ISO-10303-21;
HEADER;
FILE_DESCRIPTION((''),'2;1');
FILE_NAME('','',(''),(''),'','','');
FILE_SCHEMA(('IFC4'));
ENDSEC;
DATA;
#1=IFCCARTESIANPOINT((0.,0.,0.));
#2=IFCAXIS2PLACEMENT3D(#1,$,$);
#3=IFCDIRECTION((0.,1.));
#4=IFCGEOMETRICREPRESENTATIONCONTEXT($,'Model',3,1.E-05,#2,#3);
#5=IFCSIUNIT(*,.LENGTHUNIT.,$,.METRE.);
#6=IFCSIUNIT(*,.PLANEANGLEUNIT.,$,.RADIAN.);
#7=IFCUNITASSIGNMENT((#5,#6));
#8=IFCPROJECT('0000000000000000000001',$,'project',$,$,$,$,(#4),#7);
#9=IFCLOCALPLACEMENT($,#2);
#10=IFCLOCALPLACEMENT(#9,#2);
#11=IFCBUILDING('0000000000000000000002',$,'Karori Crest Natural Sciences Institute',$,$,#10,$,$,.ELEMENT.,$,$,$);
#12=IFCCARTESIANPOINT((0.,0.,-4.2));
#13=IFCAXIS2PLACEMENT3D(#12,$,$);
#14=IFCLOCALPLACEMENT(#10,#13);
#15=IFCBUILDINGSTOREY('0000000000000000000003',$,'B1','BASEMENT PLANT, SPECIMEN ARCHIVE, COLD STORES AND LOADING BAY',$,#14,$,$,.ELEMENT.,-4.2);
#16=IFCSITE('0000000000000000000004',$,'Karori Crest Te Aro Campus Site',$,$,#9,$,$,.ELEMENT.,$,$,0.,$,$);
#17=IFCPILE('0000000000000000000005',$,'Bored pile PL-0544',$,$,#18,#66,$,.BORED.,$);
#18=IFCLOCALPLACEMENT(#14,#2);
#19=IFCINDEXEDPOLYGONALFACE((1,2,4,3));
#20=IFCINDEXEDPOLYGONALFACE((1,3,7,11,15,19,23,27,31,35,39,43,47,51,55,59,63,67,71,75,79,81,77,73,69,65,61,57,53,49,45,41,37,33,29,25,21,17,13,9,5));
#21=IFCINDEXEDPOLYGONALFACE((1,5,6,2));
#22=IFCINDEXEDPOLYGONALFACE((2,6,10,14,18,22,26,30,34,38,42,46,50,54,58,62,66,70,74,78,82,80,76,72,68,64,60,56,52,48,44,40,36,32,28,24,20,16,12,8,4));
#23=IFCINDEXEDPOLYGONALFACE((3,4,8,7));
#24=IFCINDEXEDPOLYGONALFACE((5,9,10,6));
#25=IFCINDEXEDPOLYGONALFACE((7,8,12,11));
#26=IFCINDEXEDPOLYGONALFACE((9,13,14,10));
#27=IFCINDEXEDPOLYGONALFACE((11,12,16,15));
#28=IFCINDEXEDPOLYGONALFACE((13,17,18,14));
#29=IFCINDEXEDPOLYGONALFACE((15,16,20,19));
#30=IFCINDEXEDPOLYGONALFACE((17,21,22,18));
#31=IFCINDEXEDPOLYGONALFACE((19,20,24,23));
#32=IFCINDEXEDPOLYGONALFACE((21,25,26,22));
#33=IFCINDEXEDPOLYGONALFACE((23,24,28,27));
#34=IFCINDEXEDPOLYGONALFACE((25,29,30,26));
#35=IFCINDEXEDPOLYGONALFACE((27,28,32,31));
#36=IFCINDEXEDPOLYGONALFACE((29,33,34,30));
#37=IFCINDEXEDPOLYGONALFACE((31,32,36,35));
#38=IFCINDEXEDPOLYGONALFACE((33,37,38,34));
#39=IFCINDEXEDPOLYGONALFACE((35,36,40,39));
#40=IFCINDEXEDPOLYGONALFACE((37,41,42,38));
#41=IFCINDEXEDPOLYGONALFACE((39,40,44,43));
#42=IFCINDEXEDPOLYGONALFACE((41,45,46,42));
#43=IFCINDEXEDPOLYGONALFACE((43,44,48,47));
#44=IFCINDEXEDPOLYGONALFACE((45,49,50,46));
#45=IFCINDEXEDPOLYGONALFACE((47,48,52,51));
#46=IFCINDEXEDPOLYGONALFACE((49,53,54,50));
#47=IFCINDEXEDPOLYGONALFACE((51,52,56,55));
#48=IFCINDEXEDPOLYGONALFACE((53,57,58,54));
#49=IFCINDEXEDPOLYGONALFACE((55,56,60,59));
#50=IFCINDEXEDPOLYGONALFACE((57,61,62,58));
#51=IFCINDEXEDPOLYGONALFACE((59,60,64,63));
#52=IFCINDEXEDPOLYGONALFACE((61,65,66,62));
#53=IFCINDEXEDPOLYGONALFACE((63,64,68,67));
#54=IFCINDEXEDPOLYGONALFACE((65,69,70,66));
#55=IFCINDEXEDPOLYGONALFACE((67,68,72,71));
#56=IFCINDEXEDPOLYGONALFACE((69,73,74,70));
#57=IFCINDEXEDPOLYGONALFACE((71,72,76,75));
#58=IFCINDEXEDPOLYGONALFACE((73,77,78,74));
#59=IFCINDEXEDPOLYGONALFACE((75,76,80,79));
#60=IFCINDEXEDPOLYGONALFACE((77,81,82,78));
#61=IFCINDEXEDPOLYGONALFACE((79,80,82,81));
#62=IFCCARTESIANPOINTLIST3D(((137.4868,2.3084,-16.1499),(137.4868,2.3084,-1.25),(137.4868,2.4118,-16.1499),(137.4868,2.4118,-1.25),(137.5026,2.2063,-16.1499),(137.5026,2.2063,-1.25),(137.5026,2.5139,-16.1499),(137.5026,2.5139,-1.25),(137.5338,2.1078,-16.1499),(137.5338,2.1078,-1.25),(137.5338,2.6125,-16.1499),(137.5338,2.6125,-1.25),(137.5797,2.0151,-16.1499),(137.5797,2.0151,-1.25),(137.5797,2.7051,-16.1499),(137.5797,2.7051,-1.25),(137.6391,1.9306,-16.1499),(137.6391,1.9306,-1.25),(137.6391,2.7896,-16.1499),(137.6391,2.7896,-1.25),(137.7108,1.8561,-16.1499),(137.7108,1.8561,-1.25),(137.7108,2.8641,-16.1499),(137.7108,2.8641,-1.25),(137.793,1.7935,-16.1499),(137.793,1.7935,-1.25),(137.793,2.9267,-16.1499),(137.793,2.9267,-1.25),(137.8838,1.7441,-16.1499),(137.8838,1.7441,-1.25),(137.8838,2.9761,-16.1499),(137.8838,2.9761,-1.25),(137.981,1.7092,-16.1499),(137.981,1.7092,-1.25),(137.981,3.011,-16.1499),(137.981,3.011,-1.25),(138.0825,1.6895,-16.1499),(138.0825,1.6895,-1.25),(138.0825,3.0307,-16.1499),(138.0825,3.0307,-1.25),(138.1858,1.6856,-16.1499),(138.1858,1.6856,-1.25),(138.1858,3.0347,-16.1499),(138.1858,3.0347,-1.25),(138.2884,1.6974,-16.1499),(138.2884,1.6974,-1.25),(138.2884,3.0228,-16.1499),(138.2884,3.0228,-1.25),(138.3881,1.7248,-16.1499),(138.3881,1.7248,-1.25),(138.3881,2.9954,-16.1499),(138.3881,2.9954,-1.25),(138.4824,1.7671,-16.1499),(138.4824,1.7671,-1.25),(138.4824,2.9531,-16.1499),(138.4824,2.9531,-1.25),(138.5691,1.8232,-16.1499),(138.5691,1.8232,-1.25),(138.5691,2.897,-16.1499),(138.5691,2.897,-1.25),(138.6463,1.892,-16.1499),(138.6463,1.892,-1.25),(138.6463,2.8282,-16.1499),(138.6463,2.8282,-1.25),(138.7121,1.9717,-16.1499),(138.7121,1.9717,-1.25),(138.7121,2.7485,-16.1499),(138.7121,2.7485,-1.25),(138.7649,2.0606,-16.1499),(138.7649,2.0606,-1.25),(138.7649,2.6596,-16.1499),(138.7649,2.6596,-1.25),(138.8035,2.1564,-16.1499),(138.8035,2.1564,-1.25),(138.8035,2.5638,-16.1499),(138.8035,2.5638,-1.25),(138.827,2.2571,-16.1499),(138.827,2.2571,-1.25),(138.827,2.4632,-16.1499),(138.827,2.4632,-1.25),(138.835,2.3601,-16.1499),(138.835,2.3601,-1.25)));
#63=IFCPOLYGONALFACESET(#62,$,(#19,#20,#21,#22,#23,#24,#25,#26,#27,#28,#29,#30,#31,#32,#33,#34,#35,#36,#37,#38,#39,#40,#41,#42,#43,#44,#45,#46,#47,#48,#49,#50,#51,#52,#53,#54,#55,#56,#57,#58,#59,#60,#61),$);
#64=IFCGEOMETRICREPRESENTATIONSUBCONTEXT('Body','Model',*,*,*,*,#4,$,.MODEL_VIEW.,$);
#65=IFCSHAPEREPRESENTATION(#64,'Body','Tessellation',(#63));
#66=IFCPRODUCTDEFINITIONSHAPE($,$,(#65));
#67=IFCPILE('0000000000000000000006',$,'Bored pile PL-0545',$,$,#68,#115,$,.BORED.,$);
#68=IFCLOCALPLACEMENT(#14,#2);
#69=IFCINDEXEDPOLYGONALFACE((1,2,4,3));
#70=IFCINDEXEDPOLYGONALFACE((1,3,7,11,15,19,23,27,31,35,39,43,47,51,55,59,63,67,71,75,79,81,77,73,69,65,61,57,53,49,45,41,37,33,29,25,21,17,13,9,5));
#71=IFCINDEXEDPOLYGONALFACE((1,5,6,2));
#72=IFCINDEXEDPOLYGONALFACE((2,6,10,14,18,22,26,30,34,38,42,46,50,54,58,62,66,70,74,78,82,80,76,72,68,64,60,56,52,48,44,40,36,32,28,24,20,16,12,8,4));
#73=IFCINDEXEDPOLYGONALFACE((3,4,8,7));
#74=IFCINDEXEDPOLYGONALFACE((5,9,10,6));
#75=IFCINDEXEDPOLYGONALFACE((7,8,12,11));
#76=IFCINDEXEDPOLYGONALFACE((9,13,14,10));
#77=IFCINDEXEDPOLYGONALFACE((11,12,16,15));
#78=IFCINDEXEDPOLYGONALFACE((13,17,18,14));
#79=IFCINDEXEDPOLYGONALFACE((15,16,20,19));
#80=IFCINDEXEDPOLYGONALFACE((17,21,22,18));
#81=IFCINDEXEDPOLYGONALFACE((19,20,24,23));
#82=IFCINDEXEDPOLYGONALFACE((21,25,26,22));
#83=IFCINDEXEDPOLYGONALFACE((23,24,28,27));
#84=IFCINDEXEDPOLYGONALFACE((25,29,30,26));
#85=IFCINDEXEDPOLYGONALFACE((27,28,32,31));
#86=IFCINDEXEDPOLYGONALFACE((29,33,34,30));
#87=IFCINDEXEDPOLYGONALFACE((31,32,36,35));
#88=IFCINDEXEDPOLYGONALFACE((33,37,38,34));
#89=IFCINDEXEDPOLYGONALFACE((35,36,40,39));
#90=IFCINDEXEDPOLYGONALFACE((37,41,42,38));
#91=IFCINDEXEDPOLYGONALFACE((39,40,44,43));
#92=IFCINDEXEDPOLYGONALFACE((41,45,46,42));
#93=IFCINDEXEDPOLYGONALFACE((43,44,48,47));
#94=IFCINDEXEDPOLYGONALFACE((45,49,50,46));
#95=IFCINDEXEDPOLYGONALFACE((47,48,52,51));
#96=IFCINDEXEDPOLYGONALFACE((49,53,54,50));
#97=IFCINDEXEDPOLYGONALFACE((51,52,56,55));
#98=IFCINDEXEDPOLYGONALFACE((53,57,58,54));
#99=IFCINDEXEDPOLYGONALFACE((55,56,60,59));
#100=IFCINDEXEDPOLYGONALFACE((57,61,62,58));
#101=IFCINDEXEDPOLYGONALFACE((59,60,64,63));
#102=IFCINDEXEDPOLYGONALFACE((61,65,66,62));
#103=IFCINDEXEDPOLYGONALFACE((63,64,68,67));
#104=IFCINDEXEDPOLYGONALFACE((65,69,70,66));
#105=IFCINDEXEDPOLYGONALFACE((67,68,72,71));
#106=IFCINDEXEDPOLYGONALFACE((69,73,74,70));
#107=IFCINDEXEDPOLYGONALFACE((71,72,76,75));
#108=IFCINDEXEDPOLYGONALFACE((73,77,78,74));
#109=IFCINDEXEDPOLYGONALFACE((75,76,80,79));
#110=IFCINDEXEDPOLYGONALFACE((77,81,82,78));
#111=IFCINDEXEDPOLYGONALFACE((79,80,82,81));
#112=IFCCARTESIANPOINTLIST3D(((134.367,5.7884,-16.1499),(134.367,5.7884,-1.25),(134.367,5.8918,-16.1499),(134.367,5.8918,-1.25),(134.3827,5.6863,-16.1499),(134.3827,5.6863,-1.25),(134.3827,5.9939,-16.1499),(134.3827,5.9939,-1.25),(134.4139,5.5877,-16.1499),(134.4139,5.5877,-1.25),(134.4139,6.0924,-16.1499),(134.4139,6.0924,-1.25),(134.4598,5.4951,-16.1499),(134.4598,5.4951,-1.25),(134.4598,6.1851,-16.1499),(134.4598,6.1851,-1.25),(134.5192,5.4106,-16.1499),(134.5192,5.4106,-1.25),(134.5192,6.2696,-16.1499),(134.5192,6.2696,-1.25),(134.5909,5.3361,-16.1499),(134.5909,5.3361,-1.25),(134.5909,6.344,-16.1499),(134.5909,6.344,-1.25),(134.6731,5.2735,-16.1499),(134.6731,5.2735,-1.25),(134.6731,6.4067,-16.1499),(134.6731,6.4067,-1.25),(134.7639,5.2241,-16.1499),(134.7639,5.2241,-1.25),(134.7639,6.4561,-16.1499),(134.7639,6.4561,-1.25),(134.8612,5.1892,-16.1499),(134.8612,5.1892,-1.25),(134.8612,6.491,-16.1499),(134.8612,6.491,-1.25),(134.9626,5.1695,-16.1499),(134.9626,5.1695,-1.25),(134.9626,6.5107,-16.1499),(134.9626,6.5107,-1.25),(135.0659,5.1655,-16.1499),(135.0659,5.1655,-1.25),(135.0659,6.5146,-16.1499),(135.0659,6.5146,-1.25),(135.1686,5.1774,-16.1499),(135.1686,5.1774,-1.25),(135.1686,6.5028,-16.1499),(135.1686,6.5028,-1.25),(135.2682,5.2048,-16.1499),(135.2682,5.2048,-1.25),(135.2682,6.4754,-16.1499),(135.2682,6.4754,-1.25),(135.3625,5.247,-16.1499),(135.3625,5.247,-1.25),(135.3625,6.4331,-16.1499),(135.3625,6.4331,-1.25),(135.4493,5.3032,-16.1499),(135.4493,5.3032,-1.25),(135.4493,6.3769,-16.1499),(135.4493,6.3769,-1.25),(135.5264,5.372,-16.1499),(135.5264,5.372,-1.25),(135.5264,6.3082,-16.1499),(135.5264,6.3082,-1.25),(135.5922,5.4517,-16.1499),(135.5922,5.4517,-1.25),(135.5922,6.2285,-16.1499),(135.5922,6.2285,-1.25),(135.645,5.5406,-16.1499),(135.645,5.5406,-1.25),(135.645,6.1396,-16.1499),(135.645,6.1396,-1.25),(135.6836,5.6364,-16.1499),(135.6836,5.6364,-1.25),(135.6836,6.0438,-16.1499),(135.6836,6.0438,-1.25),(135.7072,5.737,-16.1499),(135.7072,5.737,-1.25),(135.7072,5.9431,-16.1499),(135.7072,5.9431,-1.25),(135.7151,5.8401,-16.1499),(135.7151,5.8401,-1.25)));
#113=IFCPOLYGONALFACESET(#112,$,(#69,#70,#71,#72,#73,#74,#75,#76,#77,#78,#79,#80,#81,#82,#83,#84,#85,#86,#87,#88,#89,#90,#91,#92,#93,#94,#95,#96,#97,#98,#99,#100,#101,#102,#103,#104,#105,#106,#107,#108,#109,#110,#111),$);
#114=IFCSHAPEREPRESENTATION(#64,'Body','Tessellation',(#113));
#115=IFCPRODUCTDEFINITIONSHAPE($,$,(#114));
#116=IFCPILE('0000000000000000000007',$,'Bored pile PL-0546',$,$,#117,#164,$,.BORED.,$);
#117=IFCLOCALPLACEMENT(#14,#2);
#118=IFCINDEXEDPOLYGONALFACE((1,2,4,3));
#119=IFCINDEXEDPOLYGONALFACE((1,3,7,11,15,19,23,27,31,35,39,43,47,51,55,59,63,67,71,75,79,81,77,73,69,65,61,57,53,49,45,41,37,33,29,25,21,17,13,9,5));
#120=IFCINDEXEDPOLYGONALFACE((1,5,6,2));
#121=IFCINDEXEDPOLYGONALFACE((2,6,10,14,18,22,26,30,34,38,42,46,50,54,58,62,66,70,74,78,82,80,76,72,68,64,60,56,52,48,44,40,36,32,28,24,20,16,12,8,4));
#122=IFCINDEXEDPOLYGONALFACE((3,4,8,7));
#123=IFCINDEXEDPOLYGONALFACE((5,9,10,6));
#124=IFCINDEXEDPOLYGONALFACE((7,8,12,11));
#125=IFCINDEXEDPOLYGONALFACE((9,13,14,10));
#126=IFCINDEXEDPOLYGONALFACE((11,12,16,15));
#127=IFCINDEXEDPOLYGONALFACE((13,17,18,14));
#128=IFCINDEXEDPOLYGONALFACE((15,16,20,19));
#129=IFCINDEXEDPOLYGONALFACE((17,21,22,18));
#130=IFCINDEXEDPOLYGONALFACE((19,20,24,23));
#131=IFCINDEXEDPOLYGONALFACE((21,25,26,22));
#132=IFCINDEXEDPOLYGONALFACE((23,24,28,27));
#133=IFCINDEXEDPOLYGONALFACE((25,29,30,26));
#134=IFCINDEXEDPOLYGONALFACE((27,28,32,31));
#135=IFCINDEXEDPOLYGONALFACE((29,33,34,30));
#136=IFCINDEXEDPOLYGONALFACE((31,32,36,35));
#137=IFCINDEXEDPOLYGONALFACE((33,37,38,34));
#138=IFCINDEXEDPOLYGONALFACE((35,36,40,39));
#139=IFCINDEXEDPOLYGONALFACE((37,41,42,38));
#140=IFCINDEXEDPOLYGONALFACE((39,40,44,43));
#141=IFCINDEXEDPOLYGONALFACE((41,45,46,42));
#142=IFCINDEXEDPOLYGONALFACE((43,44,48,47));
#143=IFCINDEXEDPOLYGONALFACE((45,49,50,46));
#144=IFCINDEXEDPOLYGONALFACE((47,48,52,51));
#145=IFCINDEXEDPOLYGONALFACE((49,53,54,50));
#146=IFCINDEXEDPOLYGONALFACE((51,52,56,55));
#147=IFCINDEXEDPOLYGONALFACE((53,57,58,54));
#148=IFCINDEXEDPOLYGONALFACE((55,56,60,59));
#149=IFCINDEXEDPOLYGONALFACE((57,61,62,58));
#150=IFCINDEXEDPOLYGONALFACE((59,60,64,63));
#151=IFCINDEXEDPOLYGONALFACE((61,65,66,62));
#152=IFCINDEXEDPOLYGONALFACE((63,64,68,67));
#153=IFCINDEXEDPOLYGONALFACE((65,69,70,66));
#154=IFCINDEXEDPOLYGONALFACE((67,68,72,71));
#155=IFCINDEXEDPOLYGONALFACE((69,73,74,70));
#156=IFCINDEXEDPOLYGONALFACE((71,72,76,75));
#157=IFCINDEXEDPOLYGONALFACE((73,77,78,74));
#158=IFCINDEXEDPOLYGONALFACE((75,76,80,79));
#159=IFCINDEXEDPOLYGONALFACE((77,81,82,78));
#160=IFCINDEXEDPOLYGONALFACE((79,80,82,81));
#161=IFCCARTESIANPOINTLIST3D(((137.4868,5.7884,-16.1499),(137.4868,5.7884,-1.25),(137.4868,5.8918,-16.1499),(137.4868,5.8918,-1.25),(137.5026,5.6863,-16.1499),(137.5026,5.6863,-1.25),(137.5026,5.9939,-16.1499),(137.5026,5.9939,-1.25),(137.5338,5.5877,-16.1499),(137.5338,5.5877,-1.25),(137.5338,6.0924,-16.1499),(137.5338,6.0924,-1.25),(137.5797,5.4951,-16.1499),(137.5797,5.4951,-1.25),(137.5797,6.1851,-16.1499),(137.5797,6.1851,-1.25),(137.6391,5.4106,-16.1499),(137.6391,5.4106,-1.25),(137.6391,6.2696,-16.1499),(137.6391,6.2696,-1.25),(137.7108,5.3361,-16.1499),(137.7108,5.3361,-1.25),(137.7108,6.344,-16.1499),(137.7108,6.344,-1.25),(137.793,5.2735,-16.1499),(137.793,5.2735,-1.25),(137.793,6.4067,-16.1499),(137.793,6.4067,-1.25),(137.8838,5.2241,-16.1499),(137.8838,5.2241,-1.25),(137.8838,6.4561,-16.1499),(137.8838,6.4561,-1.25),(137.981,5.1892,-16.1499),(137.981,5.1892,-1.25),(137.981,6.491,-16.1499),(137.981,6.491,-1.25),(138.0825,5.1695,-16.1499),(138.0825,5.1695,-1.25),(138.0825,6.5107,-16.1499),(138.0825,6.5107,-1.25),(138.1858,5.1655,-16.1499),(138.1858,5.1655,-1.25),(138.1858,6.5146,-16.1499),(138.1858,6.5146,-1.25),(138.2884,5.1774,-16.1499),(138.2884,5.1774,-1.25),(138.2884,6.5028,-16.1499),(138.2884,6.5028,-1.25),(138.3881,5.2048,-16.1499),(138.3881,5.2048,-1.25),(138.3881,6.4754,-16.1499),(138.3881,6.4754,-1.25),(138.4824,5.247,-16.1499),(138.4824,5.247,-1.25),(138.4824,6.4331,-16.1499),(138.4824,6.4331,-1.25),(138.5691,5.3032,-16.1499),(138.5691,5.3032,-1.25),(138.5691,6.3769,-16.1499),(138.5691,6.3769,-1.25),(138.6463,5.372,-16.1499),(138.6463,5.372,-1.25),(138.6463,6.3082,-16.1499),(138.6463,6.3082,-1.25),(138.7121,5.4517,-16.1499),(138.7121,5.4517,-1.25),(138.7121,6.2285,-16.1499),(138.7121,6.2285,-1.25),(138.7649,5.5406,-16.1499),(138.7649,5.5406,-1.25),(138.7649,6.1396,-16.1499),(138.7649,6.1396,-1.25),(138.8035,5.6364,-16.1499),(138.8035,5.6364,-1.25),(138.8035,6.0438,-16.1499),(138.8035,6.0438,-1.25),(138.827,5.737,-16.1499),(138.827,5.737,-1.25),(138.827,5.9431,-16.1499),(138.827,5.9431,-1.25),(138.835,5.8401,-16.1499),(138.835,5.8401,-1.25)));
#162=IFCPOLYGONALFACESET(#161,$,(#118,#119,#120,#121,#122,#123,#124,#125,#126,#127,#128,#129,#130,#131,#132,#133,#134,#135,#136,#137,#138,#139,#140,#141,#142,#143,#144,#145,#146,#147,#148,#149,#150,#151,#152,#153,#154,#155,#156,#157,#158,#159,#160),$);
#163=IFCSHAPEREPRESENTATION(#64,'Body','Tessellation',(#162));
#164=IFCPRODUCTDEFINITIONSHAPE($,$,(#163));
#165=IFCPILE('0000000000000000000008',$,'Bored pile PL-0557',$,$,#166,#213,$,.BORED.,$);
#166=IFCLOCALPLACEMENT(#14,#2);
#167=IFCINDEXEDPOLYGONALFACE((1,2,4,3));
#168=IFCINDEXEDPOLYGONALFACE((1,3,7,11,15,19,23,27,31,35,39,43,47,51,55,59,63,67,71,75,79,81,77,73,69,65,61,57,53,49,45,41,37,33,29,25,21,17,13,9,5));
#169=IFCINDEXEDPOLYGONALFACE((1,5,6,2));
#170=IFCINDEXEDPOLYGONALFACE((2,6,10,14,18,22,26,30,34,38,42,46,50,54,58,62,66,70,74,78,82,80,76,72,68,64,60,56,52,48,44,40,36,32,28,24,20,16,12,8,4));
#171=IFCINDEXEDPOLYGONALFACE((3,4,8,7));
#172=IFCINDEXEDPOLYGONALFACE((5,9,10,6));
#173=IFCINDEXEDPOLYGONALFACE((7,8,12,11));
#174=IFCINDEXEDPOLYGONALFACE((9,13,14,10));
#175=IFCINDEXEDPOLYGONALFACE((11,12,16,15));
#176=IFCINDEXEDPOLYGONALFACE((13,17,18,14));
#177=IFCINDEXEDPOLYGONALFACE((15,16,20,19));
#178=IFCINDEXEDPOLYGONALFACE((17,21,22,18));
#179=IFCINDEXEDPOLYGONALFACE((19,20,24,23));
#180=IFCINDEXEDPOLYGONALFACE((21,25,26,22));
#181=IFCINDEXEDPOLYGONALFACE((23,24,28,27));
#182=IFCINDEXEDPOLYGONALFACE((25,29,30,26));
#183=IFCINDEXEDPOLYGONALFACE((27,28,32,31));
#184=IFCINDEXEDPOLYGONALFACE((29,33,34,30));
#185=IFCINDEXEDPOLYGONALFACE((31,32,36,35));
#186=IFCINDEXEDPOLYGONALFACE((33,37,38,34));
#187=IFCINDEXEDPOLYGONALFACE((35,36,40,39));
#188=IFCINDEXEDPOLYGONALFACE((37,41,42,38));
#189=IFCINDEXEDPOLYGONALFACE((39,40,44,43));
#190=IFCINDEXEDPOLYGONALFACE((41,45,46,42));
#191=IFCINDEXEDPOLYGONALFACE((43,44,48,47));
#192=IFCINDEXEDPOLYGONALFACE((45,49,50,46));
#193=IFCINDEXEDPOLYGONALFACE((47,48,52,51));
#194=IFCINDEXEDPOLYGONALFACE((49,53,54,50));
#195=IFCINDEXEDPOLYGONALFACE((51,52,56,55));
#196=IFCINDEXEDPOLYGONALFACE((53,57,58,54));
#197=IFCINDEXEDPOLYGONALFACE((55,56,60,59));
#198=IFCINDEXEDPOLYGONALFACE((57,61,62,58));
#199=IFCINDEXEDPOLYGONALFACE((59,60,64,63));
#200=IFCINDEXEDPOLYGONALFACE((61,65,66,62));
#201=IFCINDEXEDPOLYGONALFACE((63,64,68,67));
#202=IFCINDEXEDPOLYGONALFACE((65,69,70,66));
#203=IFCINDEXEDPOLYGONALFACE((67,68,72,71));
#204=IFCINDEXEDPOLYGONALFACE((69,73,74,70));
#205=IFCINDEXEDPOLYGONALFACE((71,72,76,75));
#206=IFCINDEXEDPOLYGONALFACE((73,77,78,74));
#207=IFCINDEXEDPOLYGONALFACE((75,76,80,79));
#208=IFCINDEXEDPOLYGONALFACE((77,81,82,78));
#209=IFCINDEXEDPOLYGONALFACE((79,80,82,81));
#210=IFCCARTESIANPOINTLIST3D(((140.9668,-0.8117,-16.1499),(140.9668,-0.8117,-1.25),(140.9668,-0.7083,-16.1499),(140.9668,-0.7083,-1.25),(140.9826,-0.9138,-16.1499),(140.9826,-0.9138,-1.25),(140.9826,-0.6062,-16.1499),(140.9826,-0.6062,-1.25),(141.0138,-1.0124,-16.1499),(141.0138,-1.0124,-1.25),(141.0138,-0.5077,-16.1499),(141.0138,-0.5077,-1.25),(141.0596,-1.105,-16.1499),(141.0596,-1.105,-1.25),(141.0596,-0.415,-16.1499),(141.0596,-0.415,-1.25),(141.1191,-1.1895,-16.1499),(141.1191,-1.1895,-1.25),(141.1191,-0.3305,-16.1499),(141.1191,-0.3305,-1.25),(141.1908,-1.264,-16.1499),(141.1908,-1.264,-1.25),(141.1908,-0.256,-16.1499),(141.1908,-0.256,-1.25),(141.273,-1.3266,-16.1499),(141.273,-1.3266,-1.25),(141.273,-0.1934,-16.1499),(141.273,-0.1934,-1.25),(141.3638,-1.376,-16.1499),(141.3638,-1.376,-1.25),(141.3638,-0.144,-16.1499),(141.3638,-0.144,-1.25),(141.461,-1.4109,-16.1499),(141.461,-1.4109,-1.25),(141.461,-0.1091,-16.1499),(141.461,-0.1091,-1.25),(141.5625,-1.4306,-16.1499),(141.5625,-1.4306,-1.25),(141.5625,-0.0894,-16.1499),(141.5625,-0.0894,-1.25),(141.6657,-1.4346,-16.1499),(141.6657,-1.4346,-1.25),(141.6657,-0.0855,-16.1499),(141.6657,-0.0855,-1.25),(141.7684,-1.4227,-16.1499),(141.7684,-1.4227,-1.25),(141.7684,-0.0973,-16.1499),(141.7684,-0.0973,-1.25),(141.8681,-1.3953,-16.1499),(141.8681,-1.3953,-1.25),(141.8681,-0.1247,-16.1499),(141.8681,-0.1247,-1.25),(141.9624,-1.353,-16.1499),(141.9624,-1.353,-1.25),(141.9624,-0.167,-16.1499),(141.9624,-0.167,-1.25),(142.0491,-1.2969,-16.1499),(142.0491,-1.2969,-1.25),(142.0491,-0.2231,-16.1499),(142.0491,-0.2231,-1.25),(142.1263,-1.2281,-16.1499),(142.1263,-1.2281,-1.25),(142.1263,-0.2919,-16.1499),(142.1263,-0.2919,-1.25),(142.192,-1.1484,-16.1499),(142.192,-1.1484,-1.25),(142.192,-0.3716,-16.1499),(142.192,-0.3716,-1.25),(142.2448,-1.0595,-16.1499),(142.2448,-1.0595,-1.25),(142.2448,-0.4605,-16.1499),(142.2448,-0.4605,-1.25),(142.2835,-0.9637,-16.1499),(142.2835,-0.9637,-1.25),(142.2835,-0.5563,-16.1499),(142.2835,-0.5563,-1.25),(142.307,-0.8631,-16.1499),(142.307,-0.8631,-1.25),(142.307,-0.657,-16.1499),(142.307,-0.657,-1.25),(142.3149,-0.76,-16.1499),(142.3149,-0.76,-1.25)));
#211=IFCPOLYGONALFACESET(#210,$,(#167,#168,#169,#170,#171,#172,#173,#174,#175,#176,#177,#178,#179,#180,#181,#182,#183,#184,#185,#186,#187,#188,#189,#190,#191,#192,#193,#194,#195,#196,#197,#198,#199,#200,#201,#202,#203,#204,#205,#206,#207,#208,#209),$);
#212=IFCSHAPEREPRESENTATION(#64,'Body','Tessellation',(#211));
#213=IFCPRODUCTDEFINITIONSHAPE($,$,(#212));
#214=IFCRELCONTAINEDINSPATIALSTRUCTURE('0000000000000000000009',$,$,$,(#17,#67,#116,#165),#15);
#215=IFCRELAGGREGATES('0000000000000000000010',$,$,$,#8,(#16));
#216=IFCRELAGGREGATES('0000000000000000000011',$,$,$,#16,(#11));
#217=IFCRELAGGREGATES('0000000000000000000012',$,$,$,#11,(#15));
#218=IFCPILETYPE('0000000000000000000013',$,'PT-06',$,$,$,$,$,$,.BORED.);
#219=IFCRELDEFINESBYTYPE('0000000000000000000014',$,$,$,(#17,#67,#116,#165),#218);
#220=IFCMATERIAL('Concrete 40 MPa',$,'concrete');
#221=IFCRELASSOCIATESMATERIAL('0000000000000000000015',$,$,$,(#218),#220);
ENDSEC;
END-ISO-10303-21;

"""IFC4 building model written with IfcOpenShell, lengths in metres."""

from ifc_helpers import new_model, si_unit, direction, frame, origin, origin_2d, place, context, subcontext, project, spatial, circle, extrude, material, material_profile, profile_set, type_object, element, save


model = new_model("IFC4")

# Units and contexts
model_context = context("Model", 3, precision=1e-05, world=origin(), true_north=direction((0.0, 1.0)))
body_context = subcontext(model_context, "Body", "Model", "MODEL_VIEW")
ifc_project = project(units=[si_unit("LENGTHUNIT", "METRE"), si_unit("PLANEANGLEUNIT", "RADIAN")], contexts=[model_context])

# Site, building, storey
site_placement = place(None, origin())
site = spatial("IfcSite", under=ifc_project, at=site_placement, Name="Karori Crest Te Aro Campus Site", CompositionType="ELEMENT", RefElevation=0.0)
building_placement = place(site_placement, origin())
building = spatial("IfcBuilding", under=site, at=building_placement, Name="Karori Crest Natural Sciences Institute", CompositionType="ELEMENT")
storey_placement = place(building_placement, frame((0.0, 0.0, -4.2)))
storey = spatial("IfcBuildingStorey", under=building, at=storey_placement, Name="B1", Description="BASEMENT PLANT, SPECIMEN ARCHIVE, COLD STORES AND LOADING BAY", CompositionType="ELEMENT", Elevation=-4.2)

# Shared definitions
ifc_material_1 = material(Name="Concrete 40 MPa", Category="concrete")

# Piles
ifc_material_profile_1 = material_profile(ifc_material_1, circle(Radius=0.675, at=origin_2d()), Name="PILE1350")
ifc_profile_set_1 = profile_set([ifc_material_profile_1], Name="Concrete 40 MPa")
pile_type = type_object("IfcPileType", Name="PT-06", PredefinedType="BORED", material=ifc_profile_set_1)
for number, where, z_axis, x_axis, name in (
    (1, (138.1599, 2.3601, -1.25), (0.0, 0.0, -1.0), (1.0, 0.0, 0.0), "Bored pile PL-0544"),
    (2, (135.04, 5.8401, -1.25), (0.0, 0.0, -1.0), (1.0, 0.0, 0.0), "Bored pile PL-0545"),
    (3, (138.1599, 5.8401, -1.25), (0.0, 0.0, -1.0), (1.0, 0.0, 0.0), "Bored pile PL-0546"),
    (4, (141.6399, -0.76, -1.25), (0.0, 0.0, -1.0), (1.0, 0.0, 0.0), "Bored pile PL-0557"),
):
    element("IfcPile", number, at=place(storey_placement, frame(where, z_axis=z_axis, x_axis=x_axis)), inside=storey, type_object=pile_type, Name=name, PredefinedType="BORED", context=body_context, shape_type="SweptSolid", body=[
        extrude(circle(Radius=0.675, at=origin_2d()), origin(), (0.0, 0.0, 1.0), 14.8999),
    ])

save(model, "model.ifc")
